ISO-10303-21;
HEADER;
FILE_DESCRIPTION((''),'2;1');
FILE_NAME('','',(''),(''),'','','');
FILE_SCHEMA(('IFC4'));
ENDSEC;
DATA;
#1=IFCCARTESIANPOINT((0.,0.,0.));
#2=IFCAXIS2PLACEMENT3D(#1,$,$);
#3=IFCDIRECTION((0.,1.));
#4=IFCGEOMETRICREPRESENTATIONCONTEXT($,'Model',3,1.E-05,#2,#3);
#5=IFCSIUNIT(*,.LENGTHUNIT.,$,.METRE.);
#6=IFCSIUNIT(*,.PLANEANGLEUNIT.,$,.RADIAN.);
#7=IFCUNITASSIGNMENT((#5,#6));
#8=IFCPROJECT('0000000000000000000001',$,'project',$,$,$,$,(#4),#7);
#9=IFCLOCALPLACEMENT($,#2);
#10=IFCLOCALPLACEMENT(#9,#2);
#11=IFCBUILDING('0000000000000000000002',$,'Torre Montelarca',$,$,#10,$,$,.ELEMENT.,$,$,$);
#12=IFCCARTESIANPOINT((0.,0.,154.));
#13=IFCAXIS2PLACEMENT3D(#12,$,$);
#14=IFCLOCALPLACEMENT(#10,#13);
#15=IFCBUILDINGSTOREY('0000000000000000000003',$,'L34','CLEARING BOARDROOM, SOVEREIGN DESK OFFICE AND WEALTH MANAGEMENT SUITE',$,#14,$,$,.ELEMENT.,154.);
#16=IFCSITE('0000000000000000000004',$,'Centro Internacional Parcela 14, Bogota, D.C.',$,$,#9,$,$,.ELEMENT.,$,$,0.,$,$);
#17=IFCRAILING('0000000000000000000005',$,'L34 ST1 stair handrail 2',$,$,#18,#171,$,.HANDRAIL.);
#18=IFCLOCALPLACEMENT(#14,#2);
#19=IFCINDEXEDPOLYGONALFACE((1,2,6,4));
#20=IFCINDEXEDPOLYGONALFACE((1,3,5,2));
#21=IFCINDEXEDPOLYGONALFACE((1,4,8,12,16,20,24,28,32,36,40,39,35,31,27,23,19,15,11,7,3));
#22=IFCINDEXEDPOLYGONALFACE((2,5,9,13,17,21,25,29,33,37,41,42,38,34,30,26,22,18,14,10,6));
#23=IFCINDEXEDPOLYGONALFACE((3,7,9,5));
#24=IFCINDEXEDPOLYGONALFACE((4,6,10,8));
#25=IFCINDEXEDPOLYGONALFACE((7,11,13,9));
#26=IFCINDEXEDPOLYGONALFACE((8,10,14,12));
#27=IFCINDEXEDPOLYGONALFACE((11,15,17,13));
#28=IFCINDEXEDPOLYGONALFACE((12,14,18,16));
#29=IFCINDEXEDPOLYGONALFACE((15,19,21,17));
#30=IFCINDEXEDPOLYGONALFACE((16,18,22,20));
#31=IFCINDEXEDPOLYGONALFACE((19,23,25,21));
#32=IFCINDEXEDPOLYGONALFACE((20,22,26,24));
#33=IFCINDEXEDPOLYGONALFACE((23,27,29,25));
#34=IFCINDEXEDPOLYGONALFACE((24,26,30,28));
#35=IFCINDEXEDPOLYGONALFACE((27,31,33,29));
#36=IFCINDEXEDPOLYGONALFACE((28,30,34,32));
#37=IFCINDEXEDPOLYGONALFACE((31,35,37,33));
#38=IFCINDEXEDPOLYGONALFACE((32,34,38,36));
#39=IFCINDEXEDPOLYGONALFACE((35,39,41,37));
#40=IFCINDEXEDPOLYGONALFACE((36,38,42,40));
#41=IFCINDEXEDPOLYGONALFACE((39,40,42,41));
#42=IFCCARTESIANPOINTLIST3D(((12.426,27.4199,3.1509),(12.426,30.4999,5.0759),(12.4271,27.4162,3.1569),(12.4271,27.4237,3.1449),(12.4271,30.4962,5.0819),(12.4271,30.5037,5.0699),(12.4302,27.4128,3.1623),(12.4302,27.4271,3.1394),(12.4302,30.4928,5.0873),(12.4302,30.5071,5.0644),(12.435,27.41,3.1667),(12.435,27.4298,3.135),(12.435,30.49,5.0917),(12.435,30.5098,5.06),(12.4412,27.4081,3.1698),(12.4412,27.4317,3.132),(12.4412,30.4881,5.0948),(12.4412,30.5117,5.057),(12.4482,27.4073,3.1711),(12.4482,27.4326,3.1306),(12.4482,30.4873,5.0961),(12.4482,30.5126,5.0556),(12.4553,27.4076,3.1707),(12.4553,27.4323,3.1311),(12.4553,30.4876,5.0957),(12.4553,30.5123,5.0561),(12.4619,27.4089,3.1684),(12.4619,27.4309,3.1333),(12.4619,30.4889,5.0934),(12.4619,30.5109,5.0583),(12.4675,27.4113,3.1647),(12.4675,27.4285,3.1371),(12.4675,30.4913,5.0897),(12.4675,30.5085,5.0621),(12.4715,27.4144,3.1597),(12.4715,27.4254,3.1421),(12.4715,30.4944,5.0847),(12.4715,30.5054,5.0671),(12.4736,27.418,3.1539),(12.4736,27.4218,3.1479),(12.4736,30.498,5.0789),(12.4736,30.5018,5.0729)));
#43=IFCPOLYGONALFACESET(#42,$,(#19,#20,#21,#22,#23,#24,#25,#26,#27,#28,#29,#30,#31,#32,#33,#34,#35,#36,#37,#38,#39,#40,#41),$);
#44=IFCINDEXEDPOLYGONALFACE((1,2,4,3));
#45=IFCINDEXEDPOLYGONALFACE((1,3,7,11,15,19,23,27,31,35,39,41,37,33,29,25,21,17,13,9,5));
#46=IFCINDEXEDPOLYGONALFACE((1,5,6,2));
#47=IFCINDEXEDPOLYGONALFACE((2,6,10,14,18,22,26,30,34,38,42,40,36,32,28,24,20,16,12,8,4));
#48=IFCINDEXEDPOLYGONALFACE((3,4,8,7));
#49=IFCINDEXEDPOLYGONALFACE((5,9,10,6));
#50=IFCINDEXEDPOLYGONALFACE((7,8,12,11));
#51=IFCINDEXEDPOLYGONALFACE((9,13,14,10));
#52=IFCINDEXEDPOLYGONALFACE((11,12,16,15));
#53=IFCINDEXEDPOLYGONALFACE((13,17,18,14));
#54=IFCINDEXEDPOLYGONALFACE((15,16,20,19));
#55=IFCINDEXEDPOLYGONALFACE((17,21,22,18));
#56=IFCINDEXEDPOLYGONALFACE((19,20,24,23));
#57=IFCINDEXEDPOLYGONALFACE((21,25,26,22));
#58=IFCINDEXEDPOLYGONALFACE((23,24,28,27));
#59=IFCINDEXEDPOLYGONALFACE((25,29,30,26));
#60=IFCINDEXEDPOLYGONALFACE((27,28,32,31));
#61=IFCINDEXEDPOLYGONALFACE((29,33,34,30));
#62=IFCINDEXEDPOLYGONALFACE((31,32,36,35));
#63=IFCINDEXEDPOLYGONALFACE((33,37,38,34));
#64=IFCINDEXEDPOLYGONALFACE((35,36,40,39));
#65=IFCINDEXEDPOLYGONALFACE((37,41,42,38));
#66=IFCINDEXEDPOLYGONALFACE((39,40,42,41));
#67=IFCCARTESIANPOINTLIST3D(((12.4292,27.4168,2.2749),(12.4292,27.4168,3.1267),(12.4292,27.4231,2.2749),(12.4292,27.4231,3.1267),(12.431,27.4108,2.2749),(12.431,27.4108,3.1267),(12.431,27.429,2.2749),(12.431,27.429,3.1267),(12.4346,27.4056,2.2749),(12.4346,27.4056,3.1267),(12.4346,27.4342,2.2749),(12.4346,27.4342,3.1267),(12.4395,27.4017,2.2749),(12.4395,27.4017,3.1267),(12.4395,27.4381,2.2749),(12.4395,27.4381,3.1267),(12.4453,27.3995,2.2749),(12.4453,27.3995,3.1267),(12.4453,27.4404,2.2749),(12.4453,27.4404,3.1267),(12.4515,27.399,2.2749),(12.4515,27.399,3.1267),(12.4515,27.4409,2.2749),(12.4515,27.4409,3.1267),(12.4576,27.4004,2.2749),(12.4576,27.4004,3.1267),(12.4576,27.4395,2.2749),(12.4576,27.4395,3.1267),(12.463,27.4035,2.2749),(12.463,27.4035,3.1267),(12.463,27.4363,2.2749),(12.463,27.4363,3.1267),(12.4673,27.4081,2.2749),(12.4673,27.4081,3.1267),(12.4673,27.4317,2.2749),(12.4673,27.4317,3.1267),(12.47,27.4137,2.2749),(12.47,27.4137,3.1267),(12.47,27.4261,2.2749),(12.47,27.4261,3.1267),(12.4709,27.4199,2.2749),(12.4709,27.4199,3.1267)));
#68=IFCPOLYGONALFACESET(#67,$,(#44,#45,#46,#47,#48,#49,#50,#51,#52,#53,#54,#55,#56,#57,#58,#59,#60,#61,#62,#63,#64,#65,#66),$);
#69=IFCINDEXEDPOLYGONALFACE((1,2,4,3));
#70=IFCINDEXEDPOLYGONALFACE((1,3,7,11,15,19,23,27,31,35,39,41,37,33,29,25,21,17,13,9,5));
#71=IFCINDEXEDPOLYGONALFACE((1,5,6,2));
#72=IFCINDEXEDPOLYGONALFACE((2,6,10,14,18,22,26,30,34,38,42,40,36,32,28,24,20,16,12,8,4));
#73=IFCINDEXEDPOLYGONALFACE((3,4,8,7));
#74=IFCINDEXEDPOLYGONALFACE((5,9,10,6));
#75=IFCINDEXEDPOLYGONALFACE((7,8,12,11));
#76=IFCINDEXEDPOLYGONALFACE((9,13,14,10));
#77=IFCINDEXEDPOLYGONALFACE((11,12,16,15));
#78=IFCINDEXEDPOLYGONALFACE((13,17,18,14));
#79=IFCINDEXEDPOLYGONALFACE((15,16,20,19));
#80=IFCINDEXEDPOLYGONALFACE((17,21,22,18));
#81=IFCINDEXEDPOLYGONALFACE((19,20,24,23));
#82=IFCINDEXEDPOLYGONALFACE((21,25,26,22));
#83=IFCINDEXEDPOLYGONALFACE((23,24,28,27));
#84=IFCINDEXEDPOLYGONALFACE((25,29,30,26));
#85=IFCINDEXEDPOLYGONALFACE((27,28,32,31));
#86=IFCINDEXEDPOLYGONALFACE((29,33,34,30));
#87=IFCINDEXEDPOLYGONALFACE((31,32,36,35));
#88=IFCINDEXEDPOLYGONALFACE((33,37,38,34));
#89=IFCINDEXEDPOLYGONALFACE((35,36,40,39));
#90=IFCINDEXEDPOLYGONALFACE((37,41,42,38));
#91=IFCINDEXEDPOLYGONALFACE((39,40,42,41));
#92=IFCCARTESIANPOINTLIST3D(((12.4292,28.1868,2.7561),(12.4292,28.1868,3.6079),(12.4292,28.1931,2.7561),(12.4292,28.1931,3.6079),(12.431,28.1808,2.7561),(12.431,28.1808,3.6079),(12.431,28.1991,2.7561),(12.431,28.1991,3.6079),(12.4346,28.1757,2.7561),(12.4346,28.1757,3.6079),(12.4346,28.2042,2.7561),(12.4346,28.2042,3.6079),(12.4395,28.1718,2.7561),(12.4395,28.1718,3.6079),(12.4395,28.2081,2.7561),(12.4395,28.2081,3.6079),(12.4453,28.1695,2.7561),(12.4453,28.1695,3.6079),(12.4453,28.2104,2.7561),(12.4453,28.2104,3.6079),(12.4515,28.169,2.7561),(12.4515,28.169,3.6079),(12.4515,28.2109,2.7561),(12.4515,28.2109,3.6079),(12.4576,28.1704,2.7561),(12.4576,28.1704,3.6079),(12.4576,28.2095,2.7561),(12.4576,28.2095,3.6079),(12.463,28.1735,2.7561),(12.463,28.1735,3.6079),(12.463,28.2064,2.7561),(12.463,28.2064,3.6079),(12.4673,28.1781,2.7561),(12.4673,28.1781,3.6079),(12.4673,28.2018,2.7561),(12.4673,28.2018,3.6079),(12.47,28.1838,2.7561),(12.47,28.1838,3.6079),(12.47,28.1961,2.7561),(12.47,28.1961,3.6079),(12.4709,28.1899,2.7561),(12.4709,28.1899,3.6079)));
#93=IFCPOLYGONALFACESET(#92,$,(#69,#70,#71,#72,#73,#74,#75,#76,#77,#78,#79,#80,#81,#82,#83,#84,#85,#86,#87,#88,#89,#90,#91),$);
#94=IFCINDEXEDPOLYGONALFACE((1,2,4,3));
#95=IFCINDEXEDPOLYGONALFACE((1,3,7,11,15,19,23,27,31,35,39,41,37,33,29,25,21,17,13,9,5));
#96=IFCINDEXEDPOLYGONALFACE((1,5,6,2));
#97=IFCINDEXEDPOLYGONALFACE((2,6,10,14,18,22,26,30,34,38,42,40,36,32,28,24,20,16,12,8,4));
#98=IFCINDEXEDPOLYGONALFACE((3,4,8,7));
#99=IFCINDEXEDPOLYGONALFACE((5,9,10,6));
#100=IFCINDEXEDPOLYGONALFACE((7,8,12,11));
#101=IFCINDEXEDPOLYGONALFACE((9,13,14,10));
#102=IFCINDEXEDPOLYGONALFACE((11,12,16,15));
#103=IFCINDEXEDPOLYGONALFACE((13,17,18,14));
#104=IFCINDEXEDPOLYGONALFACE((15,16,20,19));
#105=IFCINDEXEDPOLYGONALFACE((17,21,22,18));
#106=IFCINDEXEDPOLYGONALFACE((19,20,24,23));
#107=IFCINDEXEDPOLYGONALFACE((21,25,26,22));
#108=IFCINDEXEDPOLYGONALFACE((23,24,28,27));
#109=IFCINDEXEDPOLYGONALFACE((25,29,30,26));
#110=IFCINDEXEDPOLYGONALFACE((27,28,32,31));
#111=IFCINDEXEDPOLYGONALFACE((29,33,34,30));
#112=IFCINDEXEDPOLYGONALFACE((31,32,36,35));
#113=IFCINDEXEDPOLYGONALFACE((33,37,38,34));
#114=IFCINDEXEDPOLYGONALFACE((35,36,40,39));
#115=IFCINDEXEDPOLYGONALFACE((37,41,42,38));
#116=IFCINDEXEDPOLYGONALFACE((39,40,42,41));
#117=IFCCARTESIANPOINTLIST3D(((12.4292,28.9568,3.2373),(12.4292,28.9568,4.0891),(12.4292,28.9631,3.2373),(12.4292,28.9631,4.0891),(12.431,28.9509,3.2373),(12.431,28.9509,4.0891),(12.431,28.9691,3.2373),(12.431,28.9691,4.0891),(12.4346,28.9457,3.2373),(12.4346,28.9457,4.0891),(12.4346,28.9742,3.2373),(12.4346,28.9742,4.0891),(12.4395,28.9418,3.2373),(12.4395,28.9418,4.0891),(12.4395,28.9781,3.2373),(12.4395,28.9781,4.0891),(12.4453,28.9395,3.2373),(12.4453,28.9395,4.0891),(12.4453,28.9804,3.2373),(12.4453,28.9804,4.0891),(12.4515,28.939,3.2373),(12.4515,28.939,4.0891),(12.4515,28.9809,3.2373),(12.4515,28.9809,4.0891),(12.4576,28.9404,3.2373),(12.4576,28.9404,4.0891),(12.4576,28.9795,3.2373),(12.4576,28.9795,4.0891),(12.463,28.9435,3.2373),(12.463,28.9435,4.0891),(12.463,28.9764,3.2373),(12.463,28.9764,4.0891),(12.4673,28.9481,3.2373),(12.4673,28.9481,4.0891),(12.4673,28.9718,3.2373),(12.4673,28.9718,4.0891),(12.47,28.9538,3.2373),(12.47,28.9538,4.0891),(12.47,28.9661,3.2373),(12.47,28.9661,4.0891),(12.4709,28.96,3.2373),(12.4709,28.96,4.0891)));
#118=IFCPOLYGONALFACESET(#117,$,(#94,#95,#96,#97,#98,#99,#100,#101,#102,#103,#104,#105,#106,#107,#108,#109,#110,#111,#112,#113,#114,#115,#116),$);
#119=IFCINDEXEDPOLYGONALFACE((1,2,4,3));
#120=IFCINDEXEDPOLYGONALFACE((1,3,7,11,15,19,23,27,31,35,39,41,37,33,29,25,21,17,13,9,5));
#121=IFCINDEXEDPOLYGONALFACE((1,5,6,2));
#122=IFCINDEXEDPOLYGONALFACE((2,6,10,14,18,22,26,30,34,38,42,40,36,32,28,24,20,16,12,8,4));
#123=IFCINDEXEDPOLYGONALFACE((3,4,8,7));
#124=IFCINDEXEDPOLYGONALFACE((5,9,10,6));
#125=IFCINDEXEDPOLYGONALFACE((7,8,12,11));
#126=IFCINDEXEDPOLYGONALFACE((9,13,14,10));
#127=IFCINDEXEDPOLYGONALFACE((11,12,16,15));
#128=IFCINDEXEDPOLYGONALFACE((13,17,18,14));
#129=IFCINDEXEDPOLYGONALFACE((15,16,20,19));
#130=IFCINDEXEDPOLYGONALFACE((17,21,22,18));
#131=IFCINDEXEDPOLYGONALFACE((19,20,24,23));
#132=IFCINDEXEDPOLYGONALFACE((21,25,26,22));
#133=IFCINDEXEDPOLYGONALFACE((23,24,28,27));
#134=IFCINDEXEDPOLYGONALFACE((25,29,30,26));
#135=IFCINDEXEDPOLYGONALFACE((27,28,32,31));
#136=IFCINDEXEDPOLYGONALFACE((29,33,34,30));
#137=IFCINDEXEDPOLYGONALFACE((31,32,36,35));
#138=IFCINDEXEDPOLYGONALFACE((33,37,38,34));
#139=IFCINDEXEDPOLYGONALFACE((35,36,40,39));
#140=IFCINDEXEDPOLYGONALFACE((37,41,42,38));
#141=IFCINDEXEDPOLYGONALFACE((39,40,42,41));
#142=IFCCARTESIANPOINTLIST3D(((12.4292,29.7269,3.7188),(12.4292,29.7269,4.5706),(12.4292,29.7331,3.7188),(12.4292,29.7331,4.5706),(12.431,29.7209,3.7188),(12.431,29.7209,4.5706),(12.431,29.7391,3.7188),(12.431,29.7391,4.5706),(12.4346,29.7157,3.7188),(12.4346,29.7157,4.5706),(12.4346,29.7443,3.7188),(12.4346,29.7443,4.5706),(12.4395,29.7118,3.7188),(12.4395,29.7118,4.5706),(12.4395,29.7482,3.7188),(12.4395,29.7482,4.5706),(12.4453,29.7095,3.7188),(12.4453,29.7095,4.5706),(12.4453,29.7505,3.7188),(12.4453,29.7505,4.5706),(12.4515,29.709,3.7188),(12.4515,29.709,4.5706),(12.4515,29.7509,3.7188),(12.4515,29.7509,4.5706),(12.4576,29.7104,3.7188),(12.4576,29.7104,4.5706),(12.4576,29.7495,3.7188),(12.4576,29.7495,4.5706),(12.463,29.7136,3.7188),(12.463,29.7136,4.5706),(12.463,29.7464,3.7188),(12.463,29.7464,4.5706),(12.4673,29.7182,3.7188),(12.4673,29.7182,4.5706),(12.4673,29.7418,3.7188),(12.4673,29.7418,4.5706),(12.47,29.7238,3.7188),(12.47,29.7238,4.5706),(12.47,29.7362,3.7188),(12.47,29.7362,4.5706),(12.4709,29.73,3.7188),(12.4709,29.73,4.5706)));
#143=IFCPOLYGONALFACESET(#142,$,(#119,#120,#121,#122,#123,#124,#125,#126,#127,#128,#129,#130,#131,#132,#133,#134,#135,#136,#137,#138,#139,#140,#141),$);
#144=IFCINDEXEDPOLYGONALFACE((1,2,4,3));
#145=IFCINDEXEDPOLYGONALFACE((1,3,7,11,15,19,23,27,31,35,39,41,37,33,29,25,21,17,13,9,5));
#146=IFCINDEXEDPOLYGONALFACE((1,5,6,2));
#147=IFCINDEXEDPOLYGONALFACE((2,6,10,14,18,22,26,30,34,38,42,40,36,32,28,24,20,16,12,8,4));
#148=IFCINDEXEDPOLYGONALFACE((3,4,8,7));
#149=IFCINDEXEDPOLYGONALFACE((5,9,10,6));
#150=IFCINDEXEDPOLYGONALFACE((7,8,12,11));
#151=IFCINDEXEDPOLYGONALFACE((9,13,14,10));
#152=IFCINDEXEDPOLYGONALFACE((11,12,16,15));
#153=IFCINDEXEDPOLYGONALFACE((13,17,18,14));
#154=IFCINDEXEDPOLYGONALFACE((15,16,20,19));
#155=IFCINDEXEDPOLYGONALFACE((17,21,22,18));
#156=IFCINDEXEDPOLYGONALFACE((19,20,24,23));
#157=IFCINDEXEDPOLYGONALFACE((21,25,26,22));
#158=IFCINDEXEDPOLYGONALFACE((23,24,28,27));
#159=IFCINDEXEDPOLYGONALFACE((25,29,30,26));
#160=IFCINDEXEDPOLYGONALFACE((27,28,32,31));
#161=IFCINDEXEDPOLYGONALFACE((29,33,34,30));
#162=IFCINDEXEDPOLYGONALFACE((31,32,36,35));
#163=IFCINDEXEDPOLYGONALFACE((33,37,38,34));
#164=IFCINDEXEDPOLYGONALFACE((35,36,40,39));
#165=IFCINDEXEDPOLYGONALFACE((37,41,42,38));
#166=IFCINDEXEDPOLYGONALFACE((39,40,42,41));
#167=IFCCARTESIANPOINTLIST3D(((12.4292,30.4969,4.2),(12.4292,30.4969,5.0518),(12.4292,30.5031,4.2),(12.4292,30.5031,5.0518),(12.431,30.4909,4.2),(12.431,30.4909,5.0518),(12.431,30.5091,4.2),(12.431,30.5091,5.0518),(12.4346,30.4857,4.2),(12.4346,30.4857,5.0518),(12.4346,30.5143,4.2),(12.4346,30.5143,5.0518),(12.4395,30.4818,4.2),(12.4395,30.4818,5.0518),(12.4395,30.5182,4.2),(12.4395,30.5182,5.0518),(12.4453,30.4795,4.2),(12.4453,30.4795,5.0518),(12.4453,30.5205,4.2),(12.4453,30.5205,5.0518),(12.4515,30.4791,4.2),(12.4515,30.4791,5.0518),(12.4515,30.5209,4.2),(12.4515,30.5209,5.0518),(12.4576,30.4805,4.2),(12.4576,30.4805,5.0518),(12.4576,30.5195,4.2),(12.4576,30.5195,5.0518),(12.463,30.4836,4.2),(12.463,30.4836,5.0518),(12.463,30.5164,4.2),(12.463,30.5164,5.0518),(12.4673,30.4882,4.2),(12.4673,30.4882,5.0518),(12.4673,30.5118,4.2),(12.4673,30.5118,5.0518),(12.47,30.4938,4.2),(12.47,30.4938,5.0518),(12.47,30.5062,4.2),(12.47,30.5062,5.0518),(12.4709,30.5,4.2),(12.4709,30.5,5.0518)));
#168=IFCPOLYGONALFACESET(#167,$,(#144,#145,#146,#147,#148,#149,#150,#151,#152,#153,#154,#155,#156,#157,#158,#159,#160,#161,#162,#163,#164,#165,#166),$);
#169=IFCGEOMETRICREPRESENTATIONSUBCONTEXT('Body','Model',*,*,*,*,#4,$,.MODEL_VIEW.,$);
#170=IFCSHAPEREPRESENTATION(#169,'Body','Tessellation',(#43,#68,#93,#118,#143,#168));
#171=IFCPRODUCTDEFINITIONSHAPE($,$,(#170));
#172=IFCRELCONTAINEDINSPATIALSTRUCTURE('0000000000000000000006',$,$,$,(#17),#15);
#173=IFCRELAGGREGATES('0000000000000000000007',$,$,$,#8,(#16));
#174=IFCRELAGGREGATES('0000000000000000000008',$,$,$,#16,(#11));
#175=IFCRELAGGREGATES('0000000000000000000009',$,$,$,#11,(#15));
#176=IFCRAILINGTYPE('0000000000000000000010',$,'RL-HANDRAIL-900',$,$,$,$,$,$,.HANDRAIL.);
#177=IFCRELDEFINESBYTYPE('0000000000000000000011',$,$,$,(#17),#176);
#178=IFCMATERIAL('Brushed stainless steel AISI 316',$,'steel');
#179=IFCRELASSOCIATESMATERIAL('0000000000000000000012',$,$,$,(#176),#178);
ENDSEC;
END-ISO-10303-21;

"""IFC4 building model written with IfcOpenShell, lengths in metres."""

from ifc_helpers import new_model, si_unit, direction, frame, origin, origin_2d, place, context, subcontext, project, spatial, circle, extrude, material, type_object, element, save


model = new_model("IFC4")

# Units and contexts
model_context = context("Model", 3, precision=1e-05, world=origin(), true_north=direction((0.0, 1.0)))
body_context = subcontext(model_context, "Body", "Model", "MODEL_VIEW")
ifc_project = project(units=[si_unit("LENGTHUNIT", "METRE"), si_unit("PLANEANGLEUNIT", "RADIAN")], contexts=[model_context])

# Site, building, storey
site_placement = place(None, origin())
site = spatial("IfcSite", under=ifc_project, at=site_placement, Name="Centro Internacional Parcela 14, Bogota, D.C.", CompositionType="ELEMENT", RefElevation=0.0)
building_placement = place(site_placement, origin())
building = spatial("IfcBuilding", under=site, at=building_placement, Name="Torre Montelarca", CompositionType="ELEMENT")
storey_placement = place(building_placement, frame((0.0, 0.0, 154.0)))
storey = spatial("IfcBuildingStorey", under=building, at=storey_placement, Name="L34", Description="CLEARING BOARDROOM, SOVEREIGN DESK OFFICE AND WEALTH MANAGEMENT SUITE", CompositionType="ELEMENT", Elevation=154.0)

# Railing
ifc_material_1 = material(Name="Brushed stainless steel AISI 316", Category="steel")
railing_type_1 = type_object("IfcRailingType", Name="RL-HANDRAIL-900", PredefinedType="HANDRAIL", material=ifc_material_1)
railing_1_placement = place(storey_placement, frame((12.45, 27.4199, 2.2749)))
element("IfcRailing", 1, at=railing_1_placement, inside=storey, type_object=railing_type_1, Name="L34 ST1 stair handrail 2", PredefinedType="HANDRAIL", context=body_context, shape_type="SweptSolid", body=[
    extrude(circle(Radius=0.0239, at=origin_2d()), frame((0.0, 0.0, 0.876), z_axis=(0.0, 0.847998, 0.529999), x_axis=(-1.0, 0.0, 0.0)), (0.0, 0.0, 1.0), 3.6321),
    extrude(circle(Radius=0.021, at=origin_2d()), origin(), (0.0, 0.0, 1.0), 0.8518),
    extrude(circle(Radius=0.021, at=origin_2d()), frame((0.0, 0.77, 0.4812)), (0.0, 0.0, 1.0), 0.8518),
    extrude(circle(Radius=0.021, at=origin_2d()), frame((0.0, 1.54, 0.9624)), (0.0, 0.0, 1.0), 0.8518),
    extrude(circle(Radius=0.021, at=origin_2d()), frame((0.0, 2.3101, 1.4438)), (0.0, 0.0, 1.0), 0.8518),
    extrude(circle(Radius=0.021, at=origin_2d()), frame((0.0, 3.0801, 1.925)), (0.0, 0.0, 1.0), 0.8518),
])

save(model, "model.ifc")
